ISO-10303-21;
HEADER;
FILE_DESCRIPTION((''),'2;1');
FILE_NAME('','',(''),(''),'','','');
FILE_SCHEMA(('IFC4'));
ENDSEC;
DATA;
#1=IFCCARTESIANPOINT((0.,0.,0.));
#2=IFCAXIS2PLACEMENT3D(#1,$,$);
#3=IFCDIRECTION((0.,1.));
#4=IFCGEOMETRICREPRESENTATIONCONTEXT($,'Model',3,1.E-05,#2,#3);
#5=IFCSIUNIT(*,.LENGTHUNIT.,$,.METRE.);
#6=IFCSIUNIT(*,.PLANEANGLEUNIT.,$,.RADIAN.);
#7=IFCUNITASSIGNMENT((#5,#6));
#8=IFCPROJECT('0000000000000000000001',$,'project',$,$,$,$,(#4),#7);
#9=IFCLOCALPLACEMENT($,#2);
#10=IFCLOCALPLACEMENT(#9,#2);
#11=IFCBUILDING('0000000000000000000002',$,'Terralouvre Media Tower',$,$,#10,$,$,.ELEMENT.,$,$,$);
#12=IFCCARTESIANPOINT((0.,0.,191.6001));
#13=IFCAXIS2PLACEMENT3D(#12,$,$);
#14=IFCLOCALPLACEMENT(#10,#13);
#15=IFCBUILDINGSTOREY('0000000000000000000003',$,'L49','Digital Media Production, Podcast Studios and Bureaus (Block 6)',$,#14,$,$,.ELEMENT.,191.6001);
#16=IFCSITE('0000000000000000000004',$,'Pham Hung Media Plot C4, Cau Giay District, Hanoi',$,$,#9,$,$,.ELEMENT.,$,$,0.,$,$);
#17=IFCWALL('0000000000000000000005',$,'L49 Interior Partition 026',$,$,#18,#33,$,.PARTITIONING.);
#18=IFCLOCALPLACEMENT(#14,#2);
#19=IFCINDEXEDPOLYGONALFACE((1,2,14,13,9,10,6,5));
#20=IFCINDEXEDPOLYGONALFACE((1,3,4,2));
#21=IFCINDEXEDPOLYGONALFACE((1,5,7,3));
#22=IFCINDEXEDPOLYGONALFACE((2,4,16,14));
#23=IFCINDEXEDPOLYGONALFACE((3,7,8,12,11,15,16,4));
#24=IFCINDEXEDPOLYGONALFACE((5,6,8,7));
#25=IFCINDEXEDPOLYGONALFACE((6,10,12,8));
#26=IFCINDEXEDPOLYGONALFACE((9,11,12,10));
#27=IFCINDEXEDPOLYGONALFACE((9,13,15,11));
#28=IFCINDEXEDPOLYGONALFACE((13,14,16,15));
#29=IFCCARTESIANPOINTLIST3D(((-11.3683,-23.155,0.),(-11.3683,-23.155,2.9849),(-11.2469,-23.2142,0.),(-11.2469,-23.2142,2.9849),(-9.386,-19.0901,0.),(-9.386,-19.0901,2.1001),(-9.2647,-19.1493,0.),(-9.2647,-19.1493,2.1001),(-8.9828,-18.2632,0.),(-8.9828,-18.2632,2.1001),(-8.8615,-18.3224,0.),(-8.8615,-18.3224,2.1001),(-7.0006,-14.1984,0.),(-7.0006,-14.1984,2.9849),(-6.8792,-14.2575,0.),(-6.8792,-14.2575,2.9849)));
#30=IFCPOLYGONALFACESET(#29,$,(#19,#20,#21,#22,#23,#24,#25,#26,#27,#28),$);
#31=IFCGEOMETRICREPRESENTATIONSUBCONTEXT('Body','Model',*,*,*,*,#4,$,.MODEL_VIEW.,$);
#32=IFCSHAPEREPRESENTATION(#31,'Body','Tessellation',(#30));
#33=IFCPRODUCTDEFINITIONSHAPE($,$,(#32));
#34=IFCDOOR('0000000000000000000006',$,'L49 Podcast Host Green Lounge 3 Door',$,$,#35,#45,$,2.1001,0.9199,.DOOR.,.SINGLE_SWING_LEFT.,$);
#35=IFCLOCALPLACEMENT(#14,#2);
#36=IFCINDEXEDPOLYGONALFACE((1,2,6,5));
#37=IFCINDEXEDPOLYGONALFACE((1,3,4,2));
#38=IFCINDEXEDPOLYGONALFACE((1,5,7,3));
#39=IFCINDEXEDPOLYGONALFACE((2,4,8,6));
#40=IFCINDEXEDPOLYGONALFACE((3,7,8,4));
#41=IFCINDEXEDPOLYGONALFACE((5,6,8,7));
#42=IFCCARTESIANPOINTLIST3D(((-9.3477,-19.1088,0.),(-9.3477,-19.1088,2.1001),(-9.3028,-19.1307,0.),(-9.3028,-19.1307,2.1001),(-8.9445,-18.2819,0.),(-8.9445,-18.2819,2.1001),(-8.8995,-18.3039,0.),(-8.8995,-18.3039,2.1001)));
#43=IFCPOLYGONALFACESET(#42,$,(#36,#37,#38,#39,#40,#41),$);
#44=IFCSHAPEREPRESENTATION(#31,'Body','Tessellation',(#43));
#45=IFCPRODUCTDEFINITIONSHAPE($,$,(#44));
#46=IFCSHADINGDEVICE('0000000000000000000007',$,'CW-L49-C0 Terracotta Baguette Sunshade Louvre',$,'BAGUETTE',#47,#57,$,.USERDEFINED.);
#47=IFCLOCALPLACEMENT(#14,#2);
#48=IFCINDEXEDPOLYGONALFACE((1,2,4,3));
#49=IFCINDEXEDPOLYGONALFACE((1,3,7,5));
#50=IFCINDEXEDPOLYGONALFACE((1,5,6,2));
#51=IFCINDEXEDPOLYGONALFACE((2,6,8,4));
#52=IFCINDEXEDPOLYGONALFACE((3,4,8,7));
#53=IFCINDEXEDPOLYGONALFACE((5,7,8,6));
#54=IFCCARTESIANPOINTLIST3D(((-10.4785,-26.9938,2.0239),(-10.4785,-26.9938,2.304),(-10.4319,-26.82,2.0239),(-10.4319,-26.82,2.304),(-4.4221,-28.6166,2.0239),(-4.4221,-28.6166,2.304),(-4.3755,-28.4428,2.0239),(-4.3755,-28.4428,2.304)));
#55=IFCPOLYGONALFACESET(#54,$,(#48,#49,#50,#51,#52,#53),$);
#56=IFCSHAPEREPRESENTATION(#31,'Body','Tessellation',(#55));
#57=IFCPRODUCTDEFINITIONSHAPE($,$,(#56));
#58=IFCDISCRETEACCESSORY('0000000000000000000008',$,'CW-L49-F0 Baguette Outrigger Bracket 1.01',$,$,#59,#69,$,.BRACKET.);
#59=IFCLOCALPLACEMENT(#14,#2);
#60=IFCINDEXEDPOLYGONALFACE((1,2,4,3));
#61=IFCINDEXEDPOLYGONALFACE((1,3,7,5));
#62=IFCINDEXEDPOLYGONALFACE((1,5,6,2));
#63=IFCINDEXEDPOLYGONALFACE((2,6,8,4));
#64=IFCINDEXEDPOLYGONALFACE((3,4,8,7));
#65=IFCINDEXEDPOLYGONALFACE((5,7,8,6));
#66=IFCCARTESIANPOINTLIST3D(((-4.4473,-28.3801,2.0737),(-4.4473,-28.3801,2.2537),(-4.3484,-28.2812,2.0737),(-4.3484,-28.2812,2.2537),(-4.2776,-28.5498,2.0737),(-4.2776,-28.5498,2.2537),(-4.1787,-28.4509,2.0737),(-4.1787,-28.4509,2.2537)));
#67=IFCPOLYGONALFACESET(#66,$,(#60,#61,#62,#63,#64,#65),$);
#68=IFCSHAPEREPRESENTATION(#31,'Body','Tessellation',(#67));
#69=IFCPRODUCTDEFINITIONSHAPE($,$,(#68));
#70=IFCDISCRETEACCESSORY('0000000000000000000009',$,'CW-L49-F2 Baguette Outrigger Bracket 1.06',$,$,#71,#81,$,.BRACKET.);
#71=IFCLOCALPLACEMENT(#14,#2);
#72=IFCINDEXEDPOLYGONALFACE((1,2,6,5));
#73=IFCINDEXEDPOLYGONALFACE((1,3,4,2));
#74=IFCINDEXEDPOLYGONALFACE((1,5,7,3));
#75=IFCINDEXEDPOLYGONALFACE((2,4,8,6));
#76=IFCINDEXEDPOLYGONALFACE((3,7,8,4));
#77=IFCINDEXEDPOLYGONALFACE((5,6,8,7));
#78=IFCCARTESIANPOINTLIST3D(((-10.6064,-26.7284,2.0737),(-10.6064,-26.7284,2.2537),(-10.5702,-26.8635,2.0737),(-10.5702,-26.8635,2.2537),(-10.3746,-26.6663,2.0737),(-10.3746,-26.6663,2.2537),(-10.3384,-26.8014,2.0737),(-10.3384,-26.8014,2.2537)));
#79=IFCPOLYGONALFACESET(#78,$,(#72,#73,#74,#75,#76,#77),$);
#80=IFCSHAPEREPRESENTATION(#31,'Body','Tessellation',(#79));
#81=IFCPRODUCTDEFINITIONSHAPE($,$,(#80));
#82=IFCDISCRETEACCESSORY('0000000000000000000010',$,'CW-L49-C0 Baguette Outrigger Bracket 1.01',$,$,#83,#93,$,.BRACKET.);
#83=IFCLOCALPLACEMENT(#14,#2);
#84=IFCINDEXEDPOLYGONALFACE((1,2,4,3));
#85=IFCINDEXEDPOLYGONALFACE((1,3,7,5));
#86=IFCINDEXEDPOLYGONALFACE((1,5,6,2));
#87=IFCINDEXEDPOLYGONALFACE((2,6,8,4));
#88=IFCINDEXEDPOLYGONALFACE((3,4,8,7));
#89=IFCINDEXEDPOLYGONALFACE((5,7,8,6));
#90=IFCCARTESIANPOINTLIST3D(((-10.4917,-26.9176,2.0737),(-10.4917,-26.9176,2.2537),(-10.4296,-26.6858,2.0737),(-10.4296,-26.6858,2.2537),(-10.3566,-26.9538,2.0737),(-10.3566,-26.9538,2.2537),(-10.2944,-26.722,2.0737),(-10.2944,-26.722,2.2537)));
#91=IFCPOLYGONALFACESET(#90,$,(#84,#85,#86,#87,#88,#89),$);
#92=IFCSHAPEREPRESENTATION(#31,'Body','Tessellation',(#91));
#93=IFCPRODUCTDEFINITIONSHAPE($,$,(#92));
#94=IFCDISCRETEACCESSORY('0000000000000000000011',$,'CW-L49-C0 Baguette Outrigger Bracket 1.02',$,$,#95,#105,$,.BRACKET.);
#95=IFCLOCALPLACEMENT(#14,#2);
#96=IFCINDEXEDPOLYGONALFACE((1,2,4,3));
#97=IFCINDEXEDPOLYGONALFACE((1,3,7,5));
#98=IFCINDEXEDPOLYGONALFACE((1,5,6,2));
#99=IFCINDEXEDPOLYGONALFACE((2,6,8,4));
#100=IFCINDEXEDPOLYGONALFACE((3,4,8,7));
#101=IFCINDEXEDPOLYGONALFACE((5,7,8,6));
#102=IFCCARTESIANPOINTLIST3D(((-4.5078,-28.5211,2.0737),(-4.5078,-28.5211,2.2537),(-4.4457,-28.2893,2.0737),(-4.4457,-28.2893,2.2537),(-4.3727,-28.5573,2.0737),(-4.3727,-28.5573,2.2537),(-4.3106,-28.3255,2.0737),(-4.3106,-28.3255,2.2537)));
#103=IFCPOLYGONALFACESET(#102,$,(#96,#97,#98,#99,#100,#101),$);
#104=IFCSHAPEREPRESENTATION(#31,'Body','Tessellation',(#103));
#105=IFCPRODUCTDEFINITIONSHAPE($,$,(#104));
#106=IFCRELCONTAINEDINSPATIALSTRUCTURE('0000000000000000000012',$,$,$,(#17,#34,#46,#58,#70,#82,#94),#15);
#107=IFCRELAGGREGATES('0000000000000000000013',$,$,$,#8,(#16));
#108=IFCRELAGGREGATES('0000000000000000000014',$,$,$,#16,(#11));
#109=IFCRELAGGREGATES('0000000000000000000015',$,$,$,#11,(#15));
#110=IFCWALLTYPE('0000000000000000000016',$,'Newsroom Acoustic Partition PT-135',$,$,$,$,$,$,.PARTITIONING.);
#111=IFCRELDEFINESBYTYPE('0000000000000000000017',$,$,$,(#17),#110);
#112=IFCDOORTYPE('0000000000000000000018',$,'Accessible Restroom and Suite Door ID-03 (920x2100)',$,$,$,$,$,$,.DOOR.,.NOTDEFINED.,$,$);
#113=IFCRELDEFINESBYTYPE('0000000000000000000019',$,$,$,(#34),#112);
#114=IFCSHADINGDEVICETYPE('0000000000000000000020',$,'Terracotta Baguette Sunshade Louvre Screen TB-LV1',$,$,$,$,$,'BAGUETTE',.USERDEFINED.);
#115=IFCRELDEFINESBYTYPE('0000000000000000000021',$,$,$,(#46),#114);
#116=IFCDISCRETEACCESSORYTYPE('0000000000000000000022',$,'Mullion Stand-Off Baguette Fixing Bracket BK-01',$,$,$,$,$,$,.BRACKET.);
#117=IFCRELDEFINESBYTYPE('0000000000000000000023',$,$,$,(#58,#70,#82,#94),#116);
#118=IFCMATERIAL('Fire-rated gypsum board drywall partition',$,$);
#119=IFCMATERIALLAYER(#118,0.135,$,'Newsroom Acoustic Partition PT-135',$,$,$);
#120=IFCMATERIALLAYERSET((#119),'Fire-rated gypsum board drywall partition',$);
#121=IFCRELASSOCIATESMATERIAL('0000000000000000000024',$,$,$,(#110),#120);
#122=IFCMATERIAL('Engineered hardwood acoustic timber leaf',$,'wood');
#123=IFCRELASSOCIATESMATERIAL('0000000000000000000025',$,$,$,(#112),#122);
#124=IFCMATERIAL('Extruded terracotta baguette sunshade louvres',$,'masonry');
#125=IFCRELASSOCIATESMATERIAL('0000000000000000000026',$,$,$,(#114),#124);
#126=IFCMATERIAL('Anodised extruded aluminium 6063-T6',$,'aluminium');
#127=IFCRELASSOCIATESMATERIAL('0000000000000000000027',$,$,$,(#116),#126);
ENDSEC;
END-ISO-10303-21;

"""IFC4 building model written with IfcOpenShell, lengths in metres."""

from ifc_helpers import new_model, si_unit, direction, frame, frame_2d, origin, origin_2d, place, context, subcontext, project, spatial, rectangle, extrude, material, layer, layer_set, type_object, element, fill, save


model = new_model("IFC4")

# Units and contexts
model_context = context("Model", 3, precision=1e-05, world=origin(), true_north=direction((0.0, 1.0)))
body_context = subcontext(model_context, "Body", "Model", "MODEL_VIEW")
ifc_project = project(units=[si_unit("LENGTHUNIT", "METRE"), si_unit("PLANEANGLEUNIT", "RADIAN")], contexts=[model_context])

# Site, building, storey
site_placement = place(None, origin())
site = spatial("IfcSite", under=ifc_project, at=site_placement, Name="Pham Hung Media Plot C4, Cau Giay District, Hanoi", CompositionType="ELEMENT", RefElevation=0.0)
building_placement = place(site_placement, origin())
building = spatial("IfcBuilding", under=site, at=building_placement, Name="Terralouvre Media Tower", CompositionType="ELEMENT")
storey_placement = place(building_placement, frame((0.0, 0.0, 191.6001)))
storey = spatial("IfcBuildingStorey", under=building, at=storey_placement, Name="L49", Description="Digital Media Production, Podcast Studios and Bureaus (Block 6)", CompositionType="ELEMENT", Elevation=191.6001)

# Wall, opening, door
ifc_material_1 = material(Name="Fire-rated gypsum board drywall partition")
ifc_layer_1 = layer(ifc_material_1, 0.135, Name="Newsroom Acoustic Partition PT-135")
ifc_layer_set_1 = layer_set([ifc_layer_1], Name="Fire-rated gypsum board drywall partition")
wall_type = type_object("IfcWallType", Name="Newsroom Acoustic Partition PT-135", PredefinedType="PARTITIONING", material=ifc_layer_set_1)
wall_placement = place(storey_placement, frame((-11.3076, -23.1846, 0.0), z_axis=(0.0, 0.0, 1.0), x_axis=(0.438313, 0.898823, 0.0)))
wall = element("IfcWall", 1, at=wall_placement, inside=storey, type_object=wall_type, Name="L49 Interior Partition 026", PredefinedType="PARTITIONING", context=body_context, shape_type="SweptSolid", body=[
    extrude(rectangle(XDim=9.9648, YDim=0.135, at=frame_2d((4.9824, 0.0))), origin(), (0.0, 0.0, 1.0), 2.9849),
])
opening_placement = place(wall_placement, frame((4.5225, 0.0, 0.0)))
opening = element("IfcOpeningElement", 2, at=opening_placement, cuts=wall, PredefinedType="OPENING", context=body_context, shape_type="SweptSolid", body=[
    extrude(rectangle(XDim=0.9199, YDim=2.1001, at=frame_2d((0.46, 1.05))), frame((0.0, 0.0774, 0.0), z_axis=(0.0, -1.0, 0.0), x_axis=(1.0, 0.0, 0.0)), (0.0, 0.0, 1.0), 0.155),
])
ifc_material_2 = material(Name="Engineered hardwood acoustic timber leaf", Category="wood")
door_type = type_object("IfcDoorType", Name="Accessible Restroom and Suite Door ID-03 (920x2100)", OperationType="NOTDEFINED", PredefinedType="DOOR", material=ifc_material_2)
door_placement = place(opening_placement, origin())
door = element("IfcDoor", 3, at=door_placement, inside=storey, type_object=door_type, Name="L49 Podcast Host Green Lounge 3 Door", OperationType="SINGLE_SWING_LEFT", OverallHeight=2.1001, OverallWidth=0.9199, PredefinedType="DOOR", context=body_context, shape_type="SweptSolid", body=[
    extrude(rectangle(XDim=0.9199, YDim=2.1001, at=frame_2d((0.46, 1.05))), frame((0.0, 0.0249, 0.0), z_axis=(0.0, -1.0, 0.0), x_axis=(1.0, 0.0, 0.0)), (0.0, 0.0, 1.0), 0.05),
])
fill(opening, door)

# Shading device
ifc_material_3 = material(Name="Extruded terracotta baguette sunshade louvres", Category="masonry")
shading_device_type = type_object("IfcShadingDeviceType", Name="Terracotta Baguette Sunshade Louvre Screen TB-LV1", ElementType="BAGUETTE", PredefinedType="USERDEFINED", material=ifc_material_3)
shading_device_placement = place(storey_placement, frame((-7.427, -27.7183, 2.0239), z_axis=(0.0, 0.0, 1.0), x_axis=(0.965926, -0.258819, 0.0)))
element("IfcShadingDevice", 4, at=shading_device_placement, inside=storey, type_object=shading_device_type, Name="CW-L49-C0 Terracotta Baguette Sunshade Louvre", ObjectType="BAGUETTE", PredefinedType="USERDEFINED", context=body_context, shape_type="SweptSolid", body=[
    extrude(rectangle(XDim=6.27, YDim=0.1799, at=origin_2d()), origin(), (0.0, 0.0, 1.0), 0.28),
])

# Discrete accessories
ifc_material_4 = material(Name="Anodised extruded aluminium 6063-T6", Category="aluminium")
discrete_accessory_type = type_object("IfcDiscreteAccessoryType", Name="Mullion Stand-Off Baguette Fixing Bracket BK-01", PredefinedType="BRACKET", material=ifc_material_4)
for number, where, z_axis, x_axis, name in (
    (5, (-4.313, -28.4155, 2.0737), (0.0, 0.0, 1.0), (0.707107, 0.707107, 0.0), "CW-L49-F0 Baguette Outrigger Bracket 1.01"),
    (6, (-10.4724, -26.7649, 2.0737), (0.0, 0.0, 1.0), (0.258819, -0.965926, 0.0), "CW-L49-F2 Baguette Outrigger Bracket 1.06"),
    (7, (-10.3931, -26.8198, 2.0737), (0.0, 0.0, 1.0), (0.965926, -0.258819, 0.0), "CW-L49-C0 Baguette Outrigger Bracket 1.01"),
    (8, (-4.4092, -28.4233, 2.0737), (0.0, 0.0, 1.0), (0.965926, -0.258819, 0.0), "CW-L49-C0 Baguette Outrigger Bracket 1.02"),
):
    element("IfcDiscreteAccessory", number, at=place(storey_placement, frame(where, z_axis=z_axis, x_axis=x_axis)), inside=storey, type_object=discrete_accessory_type, Name=name, PredefinedType="BRACKET", context=body_context, shape_type="SweptSolid", body=[
        extrude(rectangle(XDim=0.1399, YDim=0.24, at=origin_2d()), origin(), (0.0, 0.0, 1.0), 0.1799),
    ])

save(model, "model.ifc")
